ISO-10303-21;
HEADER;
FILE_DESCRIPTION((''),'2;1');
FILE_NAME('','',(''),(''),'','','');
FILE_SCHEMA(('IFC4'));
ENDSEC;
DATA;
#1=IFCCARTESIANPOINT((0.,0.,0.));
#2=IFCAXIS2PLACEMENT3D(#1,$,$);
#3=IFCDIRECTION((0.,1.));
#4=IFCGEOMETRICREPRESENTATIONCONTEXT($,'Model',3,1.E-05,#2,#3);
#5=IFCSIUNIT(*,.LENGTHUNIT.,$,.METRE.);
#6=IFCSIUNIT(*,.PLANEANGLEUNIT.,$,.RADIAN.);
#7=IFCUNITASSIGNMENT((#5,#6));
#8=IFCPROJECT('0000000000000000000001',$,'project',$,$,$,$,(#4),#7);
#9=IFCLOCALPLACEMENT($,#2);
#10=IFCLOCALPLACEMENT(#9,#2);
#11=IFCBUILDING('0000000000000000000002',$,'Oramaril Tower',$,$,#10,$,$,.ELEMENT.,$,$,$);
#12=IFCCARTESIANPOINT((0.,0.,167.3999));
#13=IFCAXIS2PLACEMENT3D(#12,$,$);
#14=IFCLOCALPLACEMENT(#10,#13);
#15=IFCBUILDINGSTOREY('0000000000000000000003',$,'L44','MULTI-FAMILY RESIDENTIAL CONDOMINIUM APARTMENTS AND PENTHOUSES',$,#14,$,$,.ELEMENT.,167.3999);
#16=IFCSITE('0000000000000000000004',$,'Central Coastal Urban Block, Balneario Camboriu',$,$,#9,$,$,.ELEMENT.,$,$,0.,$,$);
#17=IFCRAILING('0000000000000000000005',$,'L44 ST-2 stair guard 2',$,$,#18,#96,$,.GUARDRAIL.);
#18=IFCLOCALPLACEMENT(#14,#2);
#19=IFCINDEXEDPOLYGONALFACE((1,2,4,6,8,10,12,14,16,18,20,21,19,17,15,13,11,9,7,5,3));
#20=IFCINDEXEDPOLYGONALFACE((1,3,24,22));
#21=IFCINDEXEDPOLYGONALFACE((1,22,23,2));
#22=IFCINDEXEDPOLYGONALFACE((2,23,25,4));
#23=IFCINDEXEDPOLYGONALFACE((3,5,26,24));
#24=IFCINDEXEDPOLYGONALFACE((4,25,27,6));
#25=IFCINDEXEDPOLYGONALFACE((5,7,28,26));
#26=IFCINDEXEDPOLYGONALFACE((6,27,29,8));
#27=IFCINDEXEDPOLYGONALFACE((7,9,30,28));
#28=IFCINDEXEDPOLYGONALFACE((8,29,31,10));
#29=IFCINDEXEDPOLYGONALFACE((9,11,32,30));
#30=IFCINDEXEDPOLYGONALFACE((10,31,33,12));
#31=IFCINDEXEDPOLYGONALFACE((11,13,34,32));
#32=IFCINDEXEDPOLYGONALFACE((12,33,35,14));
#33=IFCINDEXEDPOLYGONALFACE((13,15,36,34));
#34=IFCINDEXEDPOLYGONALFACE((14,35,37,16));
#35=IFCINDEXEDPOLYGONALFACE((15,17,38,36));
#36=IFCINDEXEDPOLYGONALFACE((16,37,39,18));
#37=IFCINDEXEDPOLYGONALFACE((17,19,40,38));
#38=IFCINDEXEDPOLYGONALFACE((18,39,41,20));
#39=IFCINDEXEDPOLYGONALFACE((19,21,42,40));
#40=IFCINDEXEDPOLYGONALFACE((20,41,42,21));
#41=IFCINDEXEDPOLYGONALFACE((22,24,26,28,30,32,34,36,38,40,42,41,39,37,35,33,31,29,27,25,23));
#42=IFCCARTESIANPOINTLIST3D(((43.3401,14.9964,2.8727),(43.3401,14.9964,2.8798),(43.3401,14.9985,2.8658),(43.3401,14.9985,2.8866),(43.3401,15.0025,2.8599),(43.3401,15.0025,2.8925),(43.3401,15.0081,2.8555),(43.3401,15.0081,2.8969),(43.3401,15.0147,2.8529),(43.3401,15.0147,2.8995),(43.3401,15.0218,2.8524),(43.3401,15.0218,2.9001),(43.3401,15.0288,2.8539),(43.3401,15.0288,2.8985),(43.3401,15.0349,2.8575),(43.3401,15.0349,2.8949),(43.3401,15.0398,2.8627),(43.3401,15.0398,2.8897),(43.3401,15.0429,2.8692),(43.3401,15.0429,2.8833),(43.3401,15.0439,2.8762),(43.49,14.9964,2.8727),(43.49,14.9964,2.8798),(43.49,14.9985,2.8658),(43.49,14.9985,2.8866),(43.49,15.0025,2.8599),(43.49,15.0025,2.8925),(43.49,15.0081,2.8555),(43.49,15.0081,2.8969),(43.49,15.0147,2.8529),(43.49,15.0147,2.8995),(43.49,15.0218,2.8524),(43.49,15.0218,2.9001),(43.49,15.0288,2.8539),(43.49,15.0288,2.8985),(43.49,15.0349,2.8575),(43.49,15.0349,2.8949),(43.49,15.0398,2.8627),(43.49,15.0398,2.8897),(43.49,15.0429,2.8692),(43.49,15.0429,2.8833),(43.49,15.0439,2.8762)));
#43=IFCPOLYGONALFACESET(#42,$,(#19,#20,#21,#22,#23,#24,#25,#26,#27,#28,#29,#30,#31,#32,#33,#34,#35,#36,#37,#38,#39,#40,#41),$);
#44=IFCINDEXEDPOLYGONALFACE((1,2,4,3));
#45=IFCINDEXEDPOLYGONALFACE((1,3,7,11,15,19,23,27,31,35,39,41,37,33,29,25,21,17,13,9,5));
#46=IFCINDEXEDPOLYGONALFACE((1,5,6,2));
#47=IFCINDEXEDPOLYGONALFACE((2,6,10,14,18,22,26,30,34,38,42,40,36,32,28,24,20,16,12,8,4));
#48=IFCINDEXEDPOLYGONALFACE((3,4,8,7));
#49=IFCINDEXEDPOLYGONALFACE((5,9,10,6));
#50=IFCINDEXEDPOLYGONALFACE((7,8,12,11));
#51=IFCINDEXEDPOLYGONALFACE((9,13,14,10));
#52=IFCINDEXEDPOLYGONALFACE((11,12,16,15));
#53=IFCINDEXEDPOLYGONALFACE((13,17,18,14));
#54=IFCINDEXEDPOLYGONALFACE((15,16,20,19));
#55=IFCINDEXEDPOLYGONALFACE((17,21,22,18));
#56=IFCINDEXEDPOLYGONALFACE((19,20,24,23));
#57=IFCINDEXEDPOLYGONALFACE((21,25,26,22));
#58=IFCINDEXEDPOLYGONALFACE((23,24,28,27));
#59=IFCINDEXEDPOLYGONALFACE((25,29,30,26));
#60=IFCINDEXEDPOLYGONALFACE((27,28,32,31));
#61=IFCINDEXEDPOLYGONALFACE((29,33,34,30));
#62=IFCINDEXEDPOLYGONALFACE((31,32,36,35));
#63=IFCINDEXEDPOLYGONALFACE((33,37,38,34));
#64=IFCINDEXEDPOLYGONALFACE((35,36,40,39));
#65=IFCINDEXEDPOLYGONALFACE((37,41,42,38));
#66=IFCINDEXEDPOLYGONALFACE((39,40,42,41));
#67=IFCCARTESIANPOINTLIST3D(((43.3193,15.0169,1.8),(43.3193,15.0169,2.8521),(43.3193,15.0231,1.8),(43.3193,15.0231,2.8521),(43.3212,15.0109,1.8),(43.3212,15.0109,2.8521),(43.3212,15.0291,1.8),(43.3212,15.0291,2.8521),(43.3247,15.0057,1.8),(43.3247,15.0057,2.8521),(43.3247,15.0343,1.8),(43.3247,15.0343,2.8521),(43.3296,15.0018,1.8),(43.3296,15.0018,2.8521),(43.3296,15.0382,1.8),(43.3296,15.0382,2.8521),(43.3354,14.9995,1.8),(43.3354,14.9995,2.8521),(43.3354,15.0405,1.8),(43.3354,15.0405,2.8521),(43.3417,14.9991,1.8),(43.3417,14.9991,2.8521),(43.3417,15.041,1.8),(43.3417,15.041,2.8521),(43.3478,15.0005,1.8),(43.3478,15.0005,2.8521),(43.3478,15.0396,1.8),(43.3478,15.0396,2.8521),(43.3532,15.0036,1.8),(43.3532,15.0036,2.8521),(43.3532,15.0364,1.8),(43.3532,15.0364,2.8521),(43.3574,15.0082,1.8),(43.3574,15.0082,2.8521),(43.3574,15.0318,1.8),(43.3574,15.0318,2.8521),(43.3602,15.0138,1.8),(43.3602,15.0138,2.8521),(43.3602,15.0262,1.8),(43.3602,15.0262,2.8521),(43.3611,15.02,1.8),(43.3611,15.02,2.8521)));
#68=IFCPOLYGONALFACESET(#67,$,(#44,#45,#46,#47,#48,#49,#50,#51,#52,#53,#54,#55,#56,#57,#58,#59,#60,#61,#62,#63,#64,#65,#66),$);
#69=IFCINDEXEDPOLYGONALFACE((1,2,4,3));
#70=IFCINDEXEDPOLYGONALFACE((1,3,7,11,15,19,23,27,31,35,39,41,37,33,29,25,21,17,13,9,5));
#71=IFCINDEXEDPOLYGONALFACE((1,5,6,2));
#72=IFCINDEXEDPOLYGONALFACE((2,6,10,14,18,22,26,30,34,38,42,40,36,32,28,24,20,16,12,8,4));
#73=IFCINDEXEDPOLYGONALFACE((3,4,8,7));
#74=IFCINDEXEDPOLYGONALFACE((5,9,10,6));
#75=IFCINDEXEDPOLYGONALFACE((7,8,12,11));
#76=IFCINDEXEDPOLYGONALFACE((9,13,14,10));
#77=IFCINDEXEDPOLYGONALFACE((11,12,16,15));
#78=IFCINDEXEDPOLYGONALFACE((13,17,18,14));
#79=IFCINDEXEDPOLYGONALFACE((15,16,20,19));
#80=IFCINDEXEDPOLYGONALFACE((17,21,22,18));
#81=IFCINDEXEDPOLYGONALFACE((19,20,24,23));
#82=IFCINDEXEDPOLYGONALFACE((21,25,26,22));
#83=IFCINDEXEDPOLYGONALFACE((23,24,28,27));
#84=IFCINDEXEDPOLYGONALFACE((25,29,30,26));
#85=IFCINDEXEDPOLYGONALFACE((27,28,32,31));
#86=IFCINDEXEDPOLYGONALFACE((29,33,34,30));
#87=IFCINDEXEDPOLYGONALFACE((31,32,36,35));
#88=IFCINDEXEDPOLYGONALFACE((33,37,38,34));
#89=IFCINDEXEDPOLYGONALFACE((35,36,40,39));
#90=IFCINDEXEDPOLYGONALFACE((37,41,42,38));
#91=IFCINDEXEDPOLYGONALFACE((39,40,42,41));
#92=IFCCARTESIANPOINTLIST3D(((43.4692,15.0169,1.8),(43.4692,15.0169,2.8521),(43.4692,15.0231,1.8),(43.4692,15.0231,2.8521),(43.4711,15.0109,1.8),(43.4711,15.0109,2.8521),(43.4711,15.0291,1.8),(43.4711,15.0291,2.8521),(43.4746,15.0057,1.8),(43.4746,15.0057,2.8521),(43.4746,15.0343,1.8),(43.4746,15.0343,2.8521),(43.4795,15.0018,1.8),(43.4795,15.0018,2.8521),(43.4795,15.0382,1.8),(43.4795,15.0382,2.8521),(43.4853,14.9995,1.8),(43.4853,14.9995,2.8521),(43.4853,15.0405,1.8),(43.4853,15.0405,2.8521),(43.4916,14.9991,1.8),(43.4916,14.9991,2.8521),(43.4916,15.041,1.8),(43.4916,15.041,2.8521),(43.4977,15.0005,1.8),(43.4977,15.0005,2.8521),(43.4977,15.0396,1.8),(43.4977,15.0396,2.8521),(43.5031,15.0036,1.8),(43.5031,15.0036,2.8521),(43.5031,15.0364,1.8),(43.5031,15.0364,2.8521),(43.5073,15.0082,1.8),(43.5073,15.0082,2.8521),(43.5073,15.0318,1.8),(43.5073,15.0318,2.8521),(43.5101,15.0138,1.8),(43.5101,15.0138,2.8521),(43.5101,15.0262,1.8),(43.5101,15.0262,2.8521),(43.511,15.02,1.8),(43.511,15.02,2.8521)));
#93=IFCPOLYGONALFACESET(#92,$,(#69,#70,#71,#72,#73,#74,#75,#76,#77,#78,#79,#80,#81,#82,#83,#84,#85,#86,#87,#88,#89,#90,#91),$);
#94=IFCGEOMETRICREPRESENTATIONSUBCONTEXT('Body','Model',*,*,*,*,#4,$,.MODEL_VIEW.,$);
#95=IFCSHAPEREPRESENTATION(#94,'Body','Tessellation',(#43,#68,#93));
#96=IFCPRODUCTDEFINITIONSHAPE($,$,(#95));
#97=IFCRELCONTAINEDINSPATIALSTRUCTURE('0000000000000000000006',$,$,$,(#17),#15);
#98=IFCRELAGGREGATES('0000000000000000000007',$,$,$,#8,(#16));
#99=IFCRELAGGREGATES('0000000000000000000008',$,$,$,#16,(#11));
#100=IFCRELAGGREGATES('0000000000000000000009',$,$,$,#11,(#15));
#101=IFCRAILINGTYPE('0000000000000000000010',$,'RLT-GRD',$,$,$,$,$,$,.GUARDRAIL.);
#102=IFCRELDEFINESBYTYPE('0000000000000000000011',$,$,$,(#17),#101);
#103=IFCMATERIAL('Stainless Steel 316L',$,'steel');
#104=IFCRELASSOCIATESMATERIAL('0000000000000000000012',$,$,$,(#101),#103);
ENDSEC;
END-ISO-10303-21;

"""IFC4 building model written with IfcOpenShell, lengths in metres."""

from ifc_helpers import new_model, si_unit, direction, frame, origin, origin_2d, place, context, subcontext, project, spatial, circle, extrude, material, type_object, element, save


model = new_model("IFC4")

# Units and contexts
model_context = context("Model", 3, precision=1e-05, world=origin(), true_north=direction((0.0, 1.0)))
body_context = subcontext(model_context, "Body", "Model", "MODEL_VIEW")
ifc_project = project(units=[si_unit("LENGTHUNIT", "METRE"), si_unit("PLANEANGLEUNIT", "RADIAN")], contexts=[model_context])

# Site, building, storey
site_placement = place(None, origin())
site = spatial("IfcSite", under=ifc_project, at=site_placement, Name="Central Coastal Urban Block, Balneario Camboriu", CompositionType="ELEMENT", RefElevation=0.0)
building_placement = place(site_placement, origin())
building = spatial("IfcBuilding", under=site, at=building_placement, Name="Oramaril Tower", CompositionType="ELEMENT")
storey_placement = place(building_placement, frame((0.0, 0.0, 167.3999)))
storey = spatial("IfcBuildingStorey", under=building, at=storey_placement, Name="L44", Description="MULTI-FAMILY RESIDENTIAL CONDOMINIUM APARTMENTS AND PENTHOUSES", CompositionType="ELEMENT", Elevation=167.3999)

# Railing
ifc_material_1 = material(Name="Stainless Steel 316L", Category="steel")
railing_type_1 = type_object("IfcRailingType", Name="RLT-GRD", PredefinedType="GUARDRAIL", material=ifc_material_1)
railing_1_placement = place(storey_placement, frame((43.3401, 15.02, 1.8)))
element("IfcRailing", 1, at=railing_1_placement, inside=storey, type_object=railing_type_1, Name="L44 ST-2 stair guard 2", PredefinedType="GUARDRAIL", context=body_context, shape_type="SweptSolid", body=[
    extrude(circle(Radius=0.0239, at=origin_2d()), frame((0.0, 0.0, 1.0762), z_axis=(1.0, 0.0, 0.0), x_axis=(0.0, 1.0, 0.0)), (0.0, 0.0, 1.0), 0.1499),
    extrude(circle(Radius=0.021, at=origin_2d()), origin(), (0.0, 0.0, 1.0), 1.052),
    extrude(circle(Radius=0.021, at=origin_2d()), frame((0.1499, 0.0, 0.0)), (0.0, 0.0, 1.0), 1.052),
])

save(model, "model.ifc")
